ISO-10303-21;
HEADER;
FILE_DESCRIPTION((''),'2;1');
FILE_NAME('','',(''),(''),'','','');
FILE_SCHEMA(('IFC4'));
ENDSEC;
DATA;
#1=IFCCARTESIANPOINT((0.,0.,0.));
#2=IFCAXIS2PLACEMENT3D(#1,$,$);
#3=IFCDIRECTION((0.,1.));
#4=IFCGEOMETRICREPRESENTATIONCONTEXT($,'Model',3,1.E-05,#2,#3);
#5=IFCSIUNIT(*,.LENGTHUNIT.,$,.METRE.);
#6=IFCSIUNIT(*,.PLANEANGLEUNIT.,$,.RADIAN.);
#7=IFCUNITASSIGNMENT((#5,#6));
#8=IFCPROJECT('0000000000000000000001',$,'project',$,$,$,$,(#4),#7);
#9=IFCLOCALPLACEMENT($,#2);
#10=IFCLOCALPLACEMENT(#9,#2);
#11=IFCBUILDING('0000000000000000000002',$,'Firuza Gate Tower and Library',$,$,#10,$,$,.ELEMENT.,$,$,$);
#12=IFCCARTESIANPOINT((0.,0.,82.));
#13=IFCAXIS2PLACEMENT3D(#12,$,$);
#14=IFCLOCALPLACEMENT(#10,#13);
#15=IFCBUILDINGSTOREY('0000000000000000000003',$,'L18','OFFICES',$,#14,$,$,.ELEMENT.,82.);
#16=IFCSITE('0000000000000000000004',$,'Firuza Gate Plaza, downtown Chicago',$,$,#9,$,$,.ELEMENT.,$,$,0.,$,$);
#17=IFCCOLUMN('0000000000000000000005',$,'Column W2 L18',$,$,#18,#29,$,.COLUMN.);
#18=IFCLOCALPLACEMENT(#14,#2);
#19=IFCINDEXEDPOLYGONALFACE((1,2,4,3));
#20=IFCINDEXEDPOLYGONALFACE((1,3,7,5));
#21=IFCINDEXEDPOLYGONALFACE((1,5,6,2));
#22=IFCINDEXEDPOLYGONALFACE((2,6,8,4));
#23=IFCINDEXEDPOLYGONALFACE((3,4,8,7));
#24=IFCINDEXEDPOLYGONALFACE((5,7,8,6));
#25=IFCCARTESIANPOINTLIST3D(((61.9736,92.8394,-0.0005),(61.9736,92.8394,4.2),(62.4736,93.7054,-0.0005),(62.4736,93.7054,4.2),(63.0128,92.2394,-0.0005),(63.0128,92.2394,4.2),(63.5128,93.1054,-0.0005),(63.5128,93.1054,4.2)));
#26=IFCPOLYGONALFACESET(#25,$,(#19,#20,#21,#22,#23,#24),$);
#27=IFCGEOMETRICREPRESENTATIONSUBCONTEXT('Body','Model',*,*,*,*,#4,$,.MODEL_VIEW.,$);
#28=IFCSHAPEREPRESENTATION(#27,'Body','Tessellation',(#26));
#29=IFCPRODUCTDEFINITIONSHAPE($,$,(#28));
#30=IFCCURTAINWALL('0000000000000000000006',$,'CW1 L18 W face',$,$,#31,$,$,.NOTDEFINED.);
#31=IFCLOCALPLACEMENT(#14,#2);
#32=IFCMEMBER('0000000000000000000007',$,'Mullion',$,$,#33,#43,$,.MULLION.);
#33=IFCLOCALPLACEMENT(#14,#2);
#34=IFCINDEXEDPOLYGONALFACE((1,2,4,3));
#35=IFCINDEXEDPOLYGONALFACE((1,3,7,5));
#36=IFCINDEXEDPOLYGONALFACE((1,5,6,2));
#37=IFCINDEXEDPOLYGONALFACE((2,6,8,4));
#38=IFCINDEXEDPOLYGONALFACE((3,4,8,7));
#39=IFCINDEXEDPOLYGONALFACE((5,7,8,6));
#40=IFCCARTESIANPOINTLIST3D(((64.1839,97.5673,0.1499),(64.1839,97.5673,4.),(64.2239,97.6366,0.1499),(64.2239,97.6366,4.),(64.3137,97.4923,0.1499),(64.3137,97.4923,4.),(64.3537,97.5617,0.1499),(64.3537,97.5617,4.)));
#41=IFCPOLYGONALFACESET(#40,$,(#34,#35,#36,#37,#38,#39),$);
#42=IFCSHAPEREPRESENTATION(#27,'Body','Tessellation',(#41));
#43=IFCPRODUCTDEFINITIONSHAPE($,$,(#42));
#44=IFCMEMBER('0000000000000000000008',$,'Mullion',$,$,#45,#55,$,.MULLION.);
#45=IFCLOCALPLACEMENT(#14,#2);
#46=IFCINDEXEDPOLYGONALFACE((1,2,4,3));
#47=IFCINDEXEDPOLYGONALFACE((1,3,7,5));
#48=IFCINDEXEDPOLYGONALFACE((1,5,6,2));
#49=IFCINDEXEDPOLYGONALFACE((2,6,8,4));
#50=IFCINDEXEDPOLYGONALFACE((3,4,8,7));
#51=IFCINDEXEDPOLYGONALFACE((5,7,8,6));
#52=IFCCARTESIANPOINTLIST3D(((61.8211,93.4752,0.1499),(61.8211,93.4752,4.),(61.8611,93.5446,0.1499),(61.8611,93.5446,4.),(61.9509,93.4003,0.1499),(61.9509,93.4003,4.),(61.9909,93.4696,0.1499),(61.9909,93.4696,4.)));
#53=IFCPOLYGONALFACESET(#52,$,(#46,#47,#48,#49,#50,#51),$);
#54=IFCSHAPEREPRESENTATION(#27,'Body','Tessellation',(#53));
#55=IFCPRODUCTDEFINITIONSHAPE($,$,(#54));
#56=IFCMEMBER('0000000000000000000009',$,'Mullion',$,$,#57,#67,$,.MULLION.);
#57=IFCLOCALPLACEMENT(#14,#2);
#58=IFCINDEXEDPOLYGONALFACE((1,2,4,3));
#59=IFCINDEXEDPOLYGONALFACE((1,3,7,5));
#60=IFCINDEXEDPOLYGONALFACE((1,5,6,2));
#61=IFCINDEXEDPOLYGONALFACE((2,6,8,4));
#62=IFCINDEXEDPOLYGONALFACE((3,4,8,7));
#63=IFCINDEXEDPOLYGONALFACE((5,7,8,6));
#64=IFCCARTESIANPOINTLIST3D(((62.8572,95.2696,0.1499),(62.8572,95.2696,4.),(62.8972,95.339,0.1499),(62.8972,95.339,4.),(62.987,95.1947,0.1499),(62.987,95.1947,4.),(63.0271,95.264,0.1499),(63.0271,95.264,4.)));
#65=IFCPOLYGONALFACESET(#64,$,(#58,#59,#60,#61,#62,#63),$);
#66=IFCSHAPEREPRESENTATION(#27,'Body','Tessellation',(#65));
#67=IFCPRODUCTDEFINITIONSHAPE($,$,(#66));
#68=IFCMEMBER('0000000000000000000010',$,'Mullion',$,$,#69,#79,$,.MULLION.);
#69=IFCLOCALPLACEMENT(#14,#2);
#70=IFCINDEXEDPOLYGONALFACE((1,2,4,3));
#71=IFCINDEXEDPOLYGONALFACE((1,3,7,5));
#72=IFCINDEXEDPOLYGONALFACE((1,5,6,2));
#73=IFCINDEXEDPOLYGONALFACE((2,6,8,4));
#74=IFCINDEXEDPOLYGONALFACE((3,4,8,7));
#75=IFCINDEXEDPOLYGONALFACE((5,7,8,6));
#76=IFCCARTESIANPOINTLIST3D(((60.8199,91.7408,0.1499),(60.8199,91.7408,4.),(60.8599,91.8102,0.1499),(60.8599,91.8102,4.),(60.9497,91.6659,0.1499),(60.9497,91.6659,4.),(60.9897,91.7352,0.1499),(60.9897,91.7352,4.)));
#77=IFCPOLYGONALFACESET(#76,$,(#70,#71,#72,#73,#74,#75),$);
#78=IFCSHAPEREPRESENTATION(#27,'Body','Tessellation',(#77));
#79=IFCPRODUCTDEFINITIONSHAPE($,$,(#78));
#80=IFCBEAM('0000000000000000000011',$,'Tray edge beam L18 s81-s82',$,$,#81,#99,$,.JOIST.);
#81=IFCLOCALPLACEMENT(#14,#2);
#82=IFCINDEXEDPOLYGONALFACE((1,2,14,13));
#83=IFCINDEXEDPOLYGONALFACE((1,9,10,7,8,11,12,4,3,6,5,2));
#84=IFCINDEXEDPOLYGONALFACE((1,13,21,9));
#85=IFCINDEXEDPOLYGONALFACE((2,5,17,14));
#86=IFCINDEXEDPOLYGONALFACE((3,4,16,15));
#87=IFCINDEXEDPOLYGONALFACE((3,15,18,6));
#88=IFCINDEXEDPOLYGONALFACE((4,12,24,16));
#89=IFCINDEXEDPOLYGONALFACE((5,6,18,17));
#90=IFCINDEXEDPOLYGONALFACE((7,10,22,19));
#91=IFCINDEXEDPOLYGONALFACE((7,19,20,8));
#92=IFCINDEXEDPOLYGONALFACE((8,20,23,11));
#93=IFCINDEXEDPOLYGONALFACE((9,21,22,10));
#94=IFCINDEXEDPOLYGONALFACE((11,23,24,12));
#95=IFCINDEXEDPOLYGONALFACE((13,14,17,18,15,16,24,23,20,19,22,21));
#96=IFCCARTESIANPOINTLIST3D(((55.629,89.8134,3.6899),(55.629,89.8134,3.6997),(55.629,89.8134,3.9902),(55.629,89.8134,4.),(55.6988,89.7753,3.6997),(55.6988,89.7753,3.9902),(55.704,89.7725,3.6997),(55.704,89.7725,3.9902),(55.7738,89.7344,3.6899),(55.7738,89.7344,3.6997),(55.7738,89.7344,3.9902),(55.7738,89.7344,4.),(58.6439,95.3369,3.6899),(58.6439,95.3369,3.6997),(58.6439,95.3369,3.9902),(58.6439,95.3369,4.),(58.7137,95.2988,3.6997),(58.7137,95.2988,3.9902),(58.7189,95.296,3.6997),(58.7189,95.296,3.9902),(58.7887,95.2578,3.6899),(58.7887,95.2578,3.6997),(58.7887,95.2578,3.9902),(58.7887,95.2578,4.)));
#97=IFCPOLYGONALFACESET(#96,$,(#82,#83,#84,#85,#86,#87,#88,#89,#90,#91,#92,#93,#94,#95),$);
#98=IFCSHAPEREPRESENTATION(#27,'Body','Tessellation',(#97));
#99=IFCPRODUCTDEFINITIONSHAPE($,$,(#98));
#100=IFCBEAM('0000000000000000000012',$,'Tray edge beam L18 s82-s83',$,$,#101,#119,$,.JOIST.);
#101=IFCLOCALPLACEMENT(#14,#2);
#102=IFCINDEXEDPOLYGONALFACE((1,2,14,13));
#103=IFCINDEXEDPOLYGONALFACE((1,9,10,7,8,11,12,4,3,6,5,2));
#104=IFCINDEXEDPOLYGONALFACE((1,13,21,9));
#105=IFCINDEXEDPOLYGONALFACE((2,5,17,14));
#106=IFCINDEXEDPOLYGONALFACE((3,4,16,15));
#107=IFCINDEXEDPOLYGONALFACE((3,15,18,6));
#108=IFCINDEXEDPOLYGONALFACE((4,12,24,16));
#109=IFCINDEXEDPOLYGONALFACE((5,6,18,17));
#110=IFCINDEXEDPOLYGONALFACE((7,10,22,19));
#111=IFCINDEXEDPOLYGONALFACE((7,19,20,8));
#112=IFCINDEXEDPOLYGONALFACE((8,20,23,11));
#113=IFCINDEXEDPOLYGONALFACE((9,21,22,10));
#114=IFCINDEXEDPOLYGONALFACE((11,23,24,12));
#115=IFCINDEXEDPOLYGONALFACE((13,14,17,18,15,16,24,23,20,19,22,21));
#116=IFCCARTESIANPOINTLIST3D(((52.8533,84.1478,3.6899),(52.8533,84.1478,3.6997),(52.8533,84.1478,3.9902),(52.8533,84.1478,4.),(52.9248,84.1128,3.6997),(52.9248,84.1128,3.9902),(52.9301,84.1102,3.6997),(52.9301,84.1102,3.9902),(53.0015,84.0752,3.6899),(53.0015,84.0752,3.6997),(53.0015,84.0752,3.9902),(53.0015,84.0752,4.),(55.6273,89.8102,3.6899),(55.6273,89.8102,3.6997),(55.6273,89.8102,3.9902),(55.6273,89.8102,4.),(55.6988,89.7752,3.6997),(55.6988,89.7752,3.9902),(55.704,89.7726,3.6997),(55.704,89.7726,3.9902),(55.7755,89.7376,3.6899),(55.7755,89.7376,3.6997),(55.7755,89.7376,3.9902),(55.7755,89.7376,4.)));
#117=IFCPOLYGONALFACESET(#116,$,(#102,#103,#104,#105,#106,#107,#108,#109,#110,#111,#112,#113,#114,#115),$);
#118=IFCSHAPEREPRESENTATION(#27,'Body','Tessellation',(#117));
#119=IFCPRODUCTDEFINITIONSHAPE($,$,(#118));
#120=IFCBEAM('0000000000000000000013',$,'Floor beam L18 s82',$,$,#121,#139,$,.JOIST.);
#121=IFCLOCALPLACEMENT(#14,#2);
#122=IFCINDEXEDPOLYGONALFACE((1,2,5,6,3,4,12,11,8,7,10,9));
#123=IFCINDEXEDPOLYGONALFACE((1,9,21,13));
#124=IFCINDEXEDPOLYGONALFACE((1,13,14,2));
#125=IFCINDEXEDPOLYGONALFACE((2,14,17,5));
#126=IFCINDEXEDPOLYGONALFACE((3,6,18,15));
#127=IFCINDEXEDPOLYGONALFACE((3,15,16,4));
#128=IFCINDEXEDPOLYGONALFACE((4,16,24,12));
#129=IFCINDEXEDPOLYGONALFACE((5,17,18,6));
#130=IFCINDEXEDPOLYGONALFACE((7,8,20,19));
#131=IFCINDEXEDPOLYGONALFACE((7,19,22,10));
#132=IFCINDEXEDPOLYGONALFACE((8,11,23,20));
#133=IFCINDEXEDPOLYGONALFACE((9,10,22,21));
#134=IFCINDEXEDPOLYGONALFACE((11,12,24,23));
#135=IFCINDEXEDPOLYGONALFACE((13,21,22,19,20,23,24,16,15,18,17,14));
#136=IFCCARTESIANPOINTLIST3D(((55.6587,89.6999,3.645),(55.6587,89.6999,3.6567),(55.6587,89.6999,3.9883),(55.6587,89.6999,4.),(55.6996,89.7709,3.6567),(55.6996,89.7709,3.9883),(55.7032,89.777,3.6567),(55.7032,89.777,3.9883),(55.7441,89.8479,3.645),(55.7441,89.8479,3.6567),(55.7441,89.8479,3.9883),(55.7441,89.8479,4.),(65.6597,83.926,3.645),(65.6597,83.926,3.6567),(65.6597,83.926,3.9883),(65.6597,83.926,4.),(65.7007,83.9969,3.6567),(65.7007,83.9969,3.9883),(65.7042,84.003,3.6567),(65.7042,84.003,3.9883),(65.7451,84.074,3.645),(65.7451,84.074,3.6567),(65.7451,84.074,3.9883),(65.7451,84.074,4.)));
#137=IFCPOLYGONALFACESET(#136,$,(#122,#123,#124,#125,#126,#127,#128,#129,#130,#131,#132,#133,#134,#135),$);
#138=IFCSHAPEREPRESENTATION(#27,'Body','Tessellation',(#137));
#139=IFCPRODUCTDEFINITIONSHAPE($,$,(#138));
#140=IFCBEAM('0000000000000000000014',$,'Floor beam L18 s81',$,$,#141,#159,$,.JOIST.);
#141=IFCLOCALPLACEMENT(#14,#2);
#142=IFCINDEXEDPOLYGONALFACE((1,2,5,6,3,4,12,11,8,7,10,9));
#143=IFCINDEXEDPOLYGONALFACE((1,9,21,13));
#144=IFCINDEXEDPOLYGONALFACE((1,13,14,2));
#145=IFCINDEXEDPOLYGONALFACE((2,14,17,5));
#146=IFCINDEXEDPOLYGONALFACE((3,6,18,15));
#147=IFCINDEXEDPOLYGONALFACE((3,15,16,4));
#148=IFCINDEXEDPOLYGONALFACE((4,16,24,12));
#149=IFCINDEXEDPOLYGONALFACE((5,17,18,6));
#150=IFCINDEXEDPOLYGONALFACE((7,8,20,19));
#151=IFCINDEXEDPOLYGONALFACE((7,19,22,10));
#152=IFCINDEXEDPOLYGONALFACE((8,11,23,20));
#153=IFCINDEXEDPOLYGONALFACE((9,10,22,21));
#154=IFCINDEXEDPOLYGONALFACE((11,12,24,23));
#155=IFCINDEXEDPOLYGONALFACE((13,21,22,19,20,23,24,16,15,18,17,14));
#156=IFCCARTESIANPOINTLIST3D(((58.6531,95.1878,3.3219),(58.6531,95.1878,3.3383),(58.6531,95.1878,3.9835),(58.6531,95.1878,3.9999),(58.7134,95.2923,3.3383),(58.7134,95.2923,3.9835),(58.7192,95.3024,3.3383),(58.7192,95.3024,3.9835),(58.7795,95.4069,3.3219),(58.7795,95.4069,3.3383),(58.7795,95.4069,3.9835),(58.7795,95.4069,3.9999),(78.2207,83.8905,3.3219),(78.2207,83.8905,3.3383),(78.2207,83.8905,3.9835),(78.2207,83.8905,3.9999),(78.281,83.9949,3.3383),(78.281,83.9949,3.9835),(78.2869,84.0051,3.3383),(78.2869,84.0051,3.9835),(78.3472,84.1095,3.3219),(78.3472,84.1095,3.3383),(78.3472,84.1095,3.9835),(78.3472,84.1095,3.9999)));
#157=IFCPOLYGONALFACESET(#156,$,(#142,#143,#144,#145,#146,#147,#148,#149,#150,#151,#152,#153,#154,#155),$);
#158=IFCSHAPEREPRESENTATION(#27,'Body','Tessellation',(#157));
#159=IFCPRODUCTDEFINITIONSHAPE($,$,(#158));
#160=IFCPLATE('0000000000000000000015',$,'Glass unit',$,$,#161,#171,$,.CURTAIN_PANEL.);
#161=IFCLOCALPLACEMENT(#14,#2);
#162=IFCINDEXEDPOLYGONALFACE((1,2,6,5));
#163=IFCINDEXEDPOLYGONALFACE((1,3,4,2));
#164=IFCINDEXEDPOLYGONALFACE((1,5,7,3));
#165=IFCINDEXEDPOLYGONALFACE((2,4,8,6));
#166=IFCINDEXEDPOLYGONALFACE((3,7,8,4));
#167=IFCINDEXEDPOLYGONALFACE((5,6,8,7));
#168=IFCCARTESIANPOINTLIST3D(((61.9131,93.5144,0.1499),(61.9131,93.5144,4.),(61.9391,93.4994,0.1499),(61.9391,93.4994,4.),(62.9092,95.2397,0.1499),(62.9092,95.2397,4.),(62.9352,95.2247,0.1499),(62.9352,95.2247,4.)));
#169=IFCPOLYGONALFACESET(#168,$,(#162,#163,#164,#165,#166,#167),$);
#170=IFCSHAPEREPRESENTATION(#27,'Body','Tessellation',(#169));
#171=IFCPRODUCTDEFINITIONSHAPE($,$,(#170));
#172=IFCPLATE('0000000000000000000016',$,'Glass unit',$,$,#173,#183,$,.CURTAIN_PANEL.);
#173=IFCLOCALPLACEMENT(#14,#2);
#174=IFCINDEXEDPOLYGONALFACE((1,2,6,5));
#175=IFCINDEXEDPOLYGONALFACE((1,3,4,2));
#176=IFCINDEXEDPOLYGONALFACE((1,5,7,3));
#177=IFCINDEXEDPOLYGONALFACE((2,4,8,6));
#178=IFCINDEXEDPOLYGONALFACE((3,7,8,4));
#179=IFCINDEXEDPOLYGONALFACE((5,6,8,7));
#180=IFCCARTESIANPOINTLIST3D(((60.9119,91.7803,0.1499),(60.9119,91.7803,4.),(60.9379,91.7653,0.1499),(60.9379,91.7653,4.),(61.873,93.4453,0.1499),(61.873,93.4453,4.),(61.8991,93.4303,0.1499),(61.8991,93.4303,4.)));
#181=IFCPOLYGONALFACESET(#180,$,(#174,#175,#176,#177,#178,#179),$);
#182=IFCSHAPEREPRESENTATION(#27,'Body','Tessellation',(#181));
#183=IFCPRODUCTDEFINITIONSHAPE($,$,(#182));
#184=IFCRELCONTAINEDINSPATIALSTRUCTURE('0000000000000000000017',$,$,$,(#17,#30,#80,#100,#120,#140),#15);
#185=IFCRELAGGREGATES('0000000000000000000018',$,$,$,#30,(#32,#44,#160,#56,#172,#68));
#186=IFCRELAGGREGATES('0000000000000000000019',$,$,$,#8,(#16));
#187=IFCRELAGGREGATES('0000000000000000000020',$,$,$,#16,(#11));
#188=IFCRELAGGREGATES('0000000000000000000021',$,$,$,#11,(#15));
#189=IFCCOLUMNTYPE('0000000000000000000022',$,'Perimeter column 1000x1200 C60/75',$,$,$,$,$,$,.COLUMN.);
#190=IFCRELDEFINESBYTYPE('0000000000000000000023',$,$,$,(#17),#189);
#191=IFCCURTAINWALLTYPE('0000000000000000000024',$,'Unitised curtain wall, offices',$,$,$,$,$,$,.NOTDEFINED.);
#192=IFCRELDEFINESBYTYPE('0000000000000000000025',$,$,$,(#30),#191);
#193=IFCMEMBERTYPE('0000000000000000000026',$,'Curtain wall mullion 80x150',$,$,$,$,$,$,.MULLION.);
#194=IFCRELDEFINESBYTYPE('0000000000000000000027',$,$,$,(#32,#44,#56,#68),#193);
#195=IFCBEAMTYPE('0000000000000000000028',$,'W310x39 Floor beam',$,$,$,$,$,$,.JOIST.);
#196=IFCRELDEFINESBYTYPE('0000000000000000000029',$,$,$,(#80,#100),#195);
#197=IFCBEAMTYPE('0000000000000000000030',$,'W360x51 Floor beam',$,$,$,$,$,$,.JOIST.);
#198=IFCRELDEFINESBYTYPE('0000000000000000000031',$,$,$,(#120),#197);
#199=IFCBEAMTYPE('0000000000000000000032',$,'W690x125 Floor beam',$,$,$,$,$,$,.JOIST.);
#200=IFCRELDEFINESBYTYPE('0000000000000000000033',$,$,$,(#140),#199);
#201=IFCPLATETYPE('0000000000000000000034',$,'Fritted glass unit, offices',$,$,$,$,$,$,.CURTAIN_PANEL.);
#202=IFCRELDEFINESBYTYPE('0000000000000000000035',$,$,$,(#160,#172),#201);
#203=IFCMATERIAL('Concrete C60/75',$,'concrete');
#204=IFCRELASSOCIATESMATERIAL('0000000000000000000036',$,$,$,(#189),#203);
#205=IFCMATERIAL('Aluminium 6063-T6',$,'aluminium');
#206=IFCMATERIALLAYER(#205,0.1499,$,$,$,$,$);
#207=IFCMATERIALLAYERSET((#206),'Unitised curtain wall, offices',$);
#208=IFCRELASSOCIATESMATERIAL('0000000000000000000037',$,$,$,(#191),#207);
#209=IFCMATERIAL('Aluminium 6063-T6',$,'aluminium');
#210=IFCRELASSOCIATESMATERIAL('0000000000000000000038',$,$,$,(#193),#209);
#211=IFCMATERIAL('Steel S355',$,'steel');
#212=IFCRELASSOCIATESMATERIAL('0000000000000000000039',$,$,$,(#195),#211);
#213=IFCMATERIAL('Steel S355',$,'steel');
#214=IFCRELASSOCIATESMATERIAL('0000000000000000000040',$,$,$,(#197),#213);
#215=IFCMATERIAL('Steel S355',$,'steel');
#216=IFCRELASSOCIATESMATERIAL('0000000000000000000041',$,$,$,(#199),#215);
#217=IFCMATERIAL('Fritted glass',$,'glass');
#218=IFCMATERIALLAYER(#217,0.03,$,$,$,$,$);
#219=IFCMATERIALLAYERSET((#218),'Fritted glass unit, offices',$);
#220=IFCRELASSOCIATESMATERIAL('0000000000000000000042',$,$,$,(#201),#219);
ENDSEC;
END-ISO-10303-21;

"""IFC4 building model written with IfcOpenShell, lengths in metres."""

from ifc_helpers import new_model, si_unit, direction, frame, origin, origin_2d, place, context, subcontext, project, spatial, polyline, rectangle, i_section, outline, extrude, material, layer, layer_set, material_profile, profile_set, type_object, element, aggregate, save


model = new_model("IFC4")

# Units and contexts
model_context = context("Model", 3, precision=1e-05, world=origin(), true_north=direction((0.0, 1.0)))
body_context = subcontext(model_context, "Body", "Model", "MODEL_VIEW")
ifc_project = project(units=[si_unit("LENGTHUNIT", "METRE"), si_unit("PLANEANGLEUNIT", "RADIAN")], contexts=[model_context])

# Site, building, storey
site_placement = place(None, origin())
site = spatial("IfcSite", under=ifc_project, at=site_placement, Name="Firuza Gate Plaza, downtown Chicago", CompositionType="ELEMENT", RefElevation=0.0)
building_placement = place(site_placement, origin())
building = spatial("IfcBuilding", under=site, at=building_placement, Name="Firuza Gate Tower and Library", CompositionType="ELEMENT")
storey_placement = place(building_placement, frame((0.0, 0.0, 82.0)))
storey = spatial("IfcBuildingStorey", under=building, at=storey_placement, Name="L18", Description="OFFICES", CompositionType="ELEMENT", Elevation=82.0)

# Column
ifc_material_1 = material(Name="Concrete C60/75", Category="concrete")
ifc_material_profile_1 = material_profile(ifc_material_1, rectangle(XDim=1.0, YDim=1.2, at=origin_2d()))
ifc_profile_set_1 = profile_set([ifc_material_profile_1], Name="Concrete C60/75")
column_type = type_object("IfcColumnType", Name="Perimeter column 1000x1200 C60/75", PredefinedType="COLUMN", material=ifc_profile_set_1)
column_placement = place(storey_placement, frame((62.7432, 92.9724, -0.0005), z_axis=(0.0, 0.0, 1.0), x_axis=(-0.5, -0.866025, 0.0)))
element("IfcColumn", 1, at=column_placement, inside=storey, type_object=column_type, Name="Column W2 L18", PredefinedType="COLUMN", context=body_context, shape_type="SweptSolid", body=[
    extrude(rectangle(XDim=1.0, YDim=1.2, at=origin_2d()), origin(), (0.0, 0.0, 1.0), 4.2004),
])

# Curtain wall, members
ifc_material_2 = material(Name="Aluminium 6063-T6", Category="aluminium")
ifc_layer_1 = layer(ifc_material_2, 0.1499)
ifc_layer_set_1 = layer_set([ifc_layer_1], Name="Unitised curtain wall, offices")
curtain_wall_type = type_object("IfcCurtainWallType", Name="Unitised curtain wall, offices", PredefinedType="NOTDEFINED", material=ifc_layer_set_1)
placement = place(storey_placement, origin())
curtain_wall = element("IfcCurtainWall", 2, at=placement, inside=storey, type_object=curtain_wall_type, Name="CW1 L18 W face", PredefinedType="NOTDEFINED")
ifc_material_3 = material(Name="Aluminium 6063-T6", Category="aluminium")
ifc_material_profile_2 = material_profile(ifc_material_3, rectangle(XDim=0.1499, YDim=0.0801, at=origin_2d()))
ifc_profile_set_2 = profile_set([ifc_material_profile_2], Name="Aluminium 6063-T6")
member_type = type_object("IfcMemberType", Name="Curtain wall mullion 80x150", PredefinedType="MULLION", material=ifc_profile_set_2)
member_1_placement = place(storey_placement, frame((64.2688, 97.5645, 0.1499), z_axis=(0.0, 0.0, 1.0), x_axis=(0.866025, -0.5, 0.0)))
member_1 = element("IfcMember", 3, at=member_1_placement, type_object=member_type, Name="Mullion", PredefinedType="MULLION", context=body_context, shape_type="SweptSolid", body=[
    extrude(rectangle(XDim=0.1499, YDim=0.0801, at=origin_2d()), origin(), (0.0, 0.0, 1.0), 3.8501),
])
member_2_placement = place(storey_placement, frame((61.906, 93.4724, 0.1499), z_axis=(0.0, 0.0, 1.0), x_axis=(0.866025, -0.5, 0.0)))
member_2 = element("IfcMember", 4, at=member_2_placement, type_object=member_type, Name="Mullion", PredefinedType="MULLION", context=body_context, shape_type="SweptSolid", body=[
    extrude(rectangle(XDim=0.1499, YDim=0.0801, at=origin_2d()), origin(), (0.0, 0.0, 1.0), 3.8501),
])
member_3_placement = place(storey_placement, frame((62.9421, 95.2668, 0.1499), z_axis=(0.0, 0.0, 1.0), x_axis=(0.866025, -0.5, 0.0)))
member_3 = element("IfcMember", 5, at=member_3_placement, type_object=member_type, Name="Mullion", PredefinedType="MULLION", context=body_context, shape_type="SweptSolid", body=[
    extrude(rectangle(XDim=0.1499, YDim=0.0801, at=origin_2d()), origin(), (0.0, 0.0, 1.0), 3.8501),
])
member_4_placement = place(storey_placement, frame((60.9048, 91.738, 0.1499), z_axis=(0.0, 0.0, 1.0), x_axis=(0.866025, -0.5, 0.0)))
member_4 = element("IfcMember", 6, at=member_4_placement, type_object=member_type, Name="Mullion", PredefinedType="MULLION", context=body_context, shape_type="SweptSolid", body=[
    extrude(rectangle(XDim=0.1499, YDim=0.0801, at=origin_2d()), origin(), (0.0, 0.0, 1.0), 3.8501),
])

# Beams
ifc_material_4 = material(Name="Steel S355", Category="steel")
ifc_material_profile_3 = material_profile(ifc_material_4, i_section(OverallWidth=0.165, OverallDepth=0.3101, WebThickness=0.0059, FlangeThickness=0.0098, at=origin_2d()))
ifc_profile_set_3 = profile_set([ifc_material_profile_3], Name="Steel S355")
beam_type_1 = type_object("IfcBeamType", Name="W310x39 Floor beam", PredefinedType="JOIST", material=ifc_profile_set_3)
beam_1_placement = place(storey_placement, frame((58.7163, 95.2974, 3.845), z_axis=(-0.47911, -0.877755, 0.0), x_axis=(0.877755, -0.47911, 0.0)))
element("IfcBeam", 7, at=beam_1_placement, inside=storey, type_object=beam_type_1, Name="Tray edge beam L18 s81-s82", PredefinedType="JOIST", context=body_context, shape_type="SweptSolid", body=[
    extrude(i_section(OverallWidth=0.165, OverallDepth=0.3101, WebThickness=0.0059, FlangeThickness=0.0098, at=origin_2d()), origin(), (0.0, 0.0, 1.0), 6.2927),
])
beam_2_placement = place(storey_placement, frame((55.7014, 89.7739, 3.845), z_axis=(-0.439935, -0.89803, 0.0), x_axis=(0.89803, -0.439935, 0.0)))
element("IfcBeam", 8, at=beam_2_placement, inside=storey, type_object=beam_type_1, Name="Tray edge beam L18 s82-s83", PredefinedType="JOIST", context=body_context, shape_type="SweptSolid", body=[
    extrude(i_section(OverallWidth=0.165, OverallDepth=0.3101, WebThickness=0.0059, FlangeThickness=0.0098, at=origin_2d()), origin(), (0.0, 0.0, 1.0), 6.3054),
])
ifc_material_5 = material(Name="Steel S355", Category="steel")
ifc_material_profile_4 = material_profile(ifc_material_5, i_section(OverallWidth=0.1709, OverallDepth=0.355, WebThickness=0.0071, FlangeThickness=0.0117, at=origin_2d()))
ifc_profile_set_4 = profile_set([ifc_material_profile_4], Name="Steel S355")
beam_type_2 = type_object("IfcBeamType", Name="W360x51 Floor beam", PredefinedType="JOIST", material=ifc_profile_set_4)
beam_3_placement = place(storey_placement, frame((55.7014, 89.7739, 3.8225), z_axis=(0.866031, -0.499991, 0.0), x_axis=(0.499991, 0.866031, 0.0)))
element("IfcBeam", 9, at=beam_3_placement, inside=storey, type_object=beam_type_2, Name="Floor beam L18 s82", PredefinedType="JOIST", context=body_context, shape_type="SweptSolid", body=[
    extrude(i_section(OverallWidth=0.1709, OverallDepth=0.355, WebThickness=0.0071, FlangeThickness=0.0117, at=origin_2d()), origin(), (0.0, 0.0, 1.0), 11.5481),
])
ifc_material_6 = material(Name="Steel S355", Category="steel")
ifc_material_profile_5 = material_profile(ifc_material_6, i_section(OverallWidth=0.2529, OverallDepth=0.678, WebThickness=0.0117, FlangeThickness=0.0164, at=origin_2d()))
ifc_profile_set_5 = profile_set([ifc_material_profile_5], Name="Steel S355")
beam_type_3 = type_object("IfcBeamType", Name="W690x125 Floor beam", PredefinedType="JOIST", material=ifc_profile_set_5)
beam_4_placement = place(storey_placement, frame((58.7163, 95.2974, 3.6609), z_axis=(0.866026, -0.5, 0.0), x_axis=(0.5, 0.866026, 0.0)))
element("IfcBeam", 10, at=beam_4_placement, inside=storey, type_object=beam_type_3, Name="Floor beam L18 s81", PredefinedType="JOIST", context=body_context, shape_type="SweptSolid", body=[
    extrude(i_section(OverallWidth=0.2529, OverallDepth=0.678, WebThickness=0.0117, FlangeThickness=0.0164, at=origin_2d()), origin(), (0.0, 0.0, 1.0), 22.5947),
])

# Plates
ifc_material_7 = material(Name="Fritted glass", Category="glass")
ifc_layer_2 = layer(ifc_material_7, 0.03)
ifc_layer_set_2 = layer_set([ifc_layer_2], Name="Fritted glass unit, offices")
plate_type_1 = type_object("IfcPlateType", Name="Fritted glass unit, offices", PredefinedType="CURTAIN_PANEL", material=ifc_layer_set_2)
plate_1_placement = place(storey_placement, frame((62.9092, 95.2397, 0.1499), z_axis=(-0.866033, 0.499988, 0.0), x_axis=(-0.499988, -0.866033, 0.0)))
plate_1 = element("IfcPlate", 11, at=plate_1_placement, type_object=plate_type_1, Name="Glass unit", PredefinedType="CURTAIN_PANEL", context=body_context, shape_type="SweptSolid", body=[
    extrude(outline(polyline([(0.0, 0.0), (1.9922, 0.0), (1.9922, 3.8501), (0.0, 3.8501), (0.0, 0.0)])), origin(), (0.0, 0.0, -1.0), 0.03),
])
plate_2_placement = place(storey_placement, frame((61.873, 93.4453, 0.1499), z_axis=(-0.866054, 0.49995, 0.0), x_axis=(-0.49995, -0.866054, 0.0)))
plate_2 = element("IfcPlate", 12, at=plate_2_placement, type_object=plate_type_1, Name="Glass unit", PredefinedType="CURTAIN_PANEL", context=body_context, shape_type="SweptSolid", body=[
    extrude(outline(polyline([(0.0, 0.0), (1.9226, 0.0), (1.9226, 3.8501), (0.0, 3.8501), (0.0, 0.0)])), origin(), (0.0, 0.0, -1.0), 0.03),
])
aggregate(curtain_wall, [member_1, member_2, plate_1, member_3, plate_2, member_4])

save(model, "model.ifc")
